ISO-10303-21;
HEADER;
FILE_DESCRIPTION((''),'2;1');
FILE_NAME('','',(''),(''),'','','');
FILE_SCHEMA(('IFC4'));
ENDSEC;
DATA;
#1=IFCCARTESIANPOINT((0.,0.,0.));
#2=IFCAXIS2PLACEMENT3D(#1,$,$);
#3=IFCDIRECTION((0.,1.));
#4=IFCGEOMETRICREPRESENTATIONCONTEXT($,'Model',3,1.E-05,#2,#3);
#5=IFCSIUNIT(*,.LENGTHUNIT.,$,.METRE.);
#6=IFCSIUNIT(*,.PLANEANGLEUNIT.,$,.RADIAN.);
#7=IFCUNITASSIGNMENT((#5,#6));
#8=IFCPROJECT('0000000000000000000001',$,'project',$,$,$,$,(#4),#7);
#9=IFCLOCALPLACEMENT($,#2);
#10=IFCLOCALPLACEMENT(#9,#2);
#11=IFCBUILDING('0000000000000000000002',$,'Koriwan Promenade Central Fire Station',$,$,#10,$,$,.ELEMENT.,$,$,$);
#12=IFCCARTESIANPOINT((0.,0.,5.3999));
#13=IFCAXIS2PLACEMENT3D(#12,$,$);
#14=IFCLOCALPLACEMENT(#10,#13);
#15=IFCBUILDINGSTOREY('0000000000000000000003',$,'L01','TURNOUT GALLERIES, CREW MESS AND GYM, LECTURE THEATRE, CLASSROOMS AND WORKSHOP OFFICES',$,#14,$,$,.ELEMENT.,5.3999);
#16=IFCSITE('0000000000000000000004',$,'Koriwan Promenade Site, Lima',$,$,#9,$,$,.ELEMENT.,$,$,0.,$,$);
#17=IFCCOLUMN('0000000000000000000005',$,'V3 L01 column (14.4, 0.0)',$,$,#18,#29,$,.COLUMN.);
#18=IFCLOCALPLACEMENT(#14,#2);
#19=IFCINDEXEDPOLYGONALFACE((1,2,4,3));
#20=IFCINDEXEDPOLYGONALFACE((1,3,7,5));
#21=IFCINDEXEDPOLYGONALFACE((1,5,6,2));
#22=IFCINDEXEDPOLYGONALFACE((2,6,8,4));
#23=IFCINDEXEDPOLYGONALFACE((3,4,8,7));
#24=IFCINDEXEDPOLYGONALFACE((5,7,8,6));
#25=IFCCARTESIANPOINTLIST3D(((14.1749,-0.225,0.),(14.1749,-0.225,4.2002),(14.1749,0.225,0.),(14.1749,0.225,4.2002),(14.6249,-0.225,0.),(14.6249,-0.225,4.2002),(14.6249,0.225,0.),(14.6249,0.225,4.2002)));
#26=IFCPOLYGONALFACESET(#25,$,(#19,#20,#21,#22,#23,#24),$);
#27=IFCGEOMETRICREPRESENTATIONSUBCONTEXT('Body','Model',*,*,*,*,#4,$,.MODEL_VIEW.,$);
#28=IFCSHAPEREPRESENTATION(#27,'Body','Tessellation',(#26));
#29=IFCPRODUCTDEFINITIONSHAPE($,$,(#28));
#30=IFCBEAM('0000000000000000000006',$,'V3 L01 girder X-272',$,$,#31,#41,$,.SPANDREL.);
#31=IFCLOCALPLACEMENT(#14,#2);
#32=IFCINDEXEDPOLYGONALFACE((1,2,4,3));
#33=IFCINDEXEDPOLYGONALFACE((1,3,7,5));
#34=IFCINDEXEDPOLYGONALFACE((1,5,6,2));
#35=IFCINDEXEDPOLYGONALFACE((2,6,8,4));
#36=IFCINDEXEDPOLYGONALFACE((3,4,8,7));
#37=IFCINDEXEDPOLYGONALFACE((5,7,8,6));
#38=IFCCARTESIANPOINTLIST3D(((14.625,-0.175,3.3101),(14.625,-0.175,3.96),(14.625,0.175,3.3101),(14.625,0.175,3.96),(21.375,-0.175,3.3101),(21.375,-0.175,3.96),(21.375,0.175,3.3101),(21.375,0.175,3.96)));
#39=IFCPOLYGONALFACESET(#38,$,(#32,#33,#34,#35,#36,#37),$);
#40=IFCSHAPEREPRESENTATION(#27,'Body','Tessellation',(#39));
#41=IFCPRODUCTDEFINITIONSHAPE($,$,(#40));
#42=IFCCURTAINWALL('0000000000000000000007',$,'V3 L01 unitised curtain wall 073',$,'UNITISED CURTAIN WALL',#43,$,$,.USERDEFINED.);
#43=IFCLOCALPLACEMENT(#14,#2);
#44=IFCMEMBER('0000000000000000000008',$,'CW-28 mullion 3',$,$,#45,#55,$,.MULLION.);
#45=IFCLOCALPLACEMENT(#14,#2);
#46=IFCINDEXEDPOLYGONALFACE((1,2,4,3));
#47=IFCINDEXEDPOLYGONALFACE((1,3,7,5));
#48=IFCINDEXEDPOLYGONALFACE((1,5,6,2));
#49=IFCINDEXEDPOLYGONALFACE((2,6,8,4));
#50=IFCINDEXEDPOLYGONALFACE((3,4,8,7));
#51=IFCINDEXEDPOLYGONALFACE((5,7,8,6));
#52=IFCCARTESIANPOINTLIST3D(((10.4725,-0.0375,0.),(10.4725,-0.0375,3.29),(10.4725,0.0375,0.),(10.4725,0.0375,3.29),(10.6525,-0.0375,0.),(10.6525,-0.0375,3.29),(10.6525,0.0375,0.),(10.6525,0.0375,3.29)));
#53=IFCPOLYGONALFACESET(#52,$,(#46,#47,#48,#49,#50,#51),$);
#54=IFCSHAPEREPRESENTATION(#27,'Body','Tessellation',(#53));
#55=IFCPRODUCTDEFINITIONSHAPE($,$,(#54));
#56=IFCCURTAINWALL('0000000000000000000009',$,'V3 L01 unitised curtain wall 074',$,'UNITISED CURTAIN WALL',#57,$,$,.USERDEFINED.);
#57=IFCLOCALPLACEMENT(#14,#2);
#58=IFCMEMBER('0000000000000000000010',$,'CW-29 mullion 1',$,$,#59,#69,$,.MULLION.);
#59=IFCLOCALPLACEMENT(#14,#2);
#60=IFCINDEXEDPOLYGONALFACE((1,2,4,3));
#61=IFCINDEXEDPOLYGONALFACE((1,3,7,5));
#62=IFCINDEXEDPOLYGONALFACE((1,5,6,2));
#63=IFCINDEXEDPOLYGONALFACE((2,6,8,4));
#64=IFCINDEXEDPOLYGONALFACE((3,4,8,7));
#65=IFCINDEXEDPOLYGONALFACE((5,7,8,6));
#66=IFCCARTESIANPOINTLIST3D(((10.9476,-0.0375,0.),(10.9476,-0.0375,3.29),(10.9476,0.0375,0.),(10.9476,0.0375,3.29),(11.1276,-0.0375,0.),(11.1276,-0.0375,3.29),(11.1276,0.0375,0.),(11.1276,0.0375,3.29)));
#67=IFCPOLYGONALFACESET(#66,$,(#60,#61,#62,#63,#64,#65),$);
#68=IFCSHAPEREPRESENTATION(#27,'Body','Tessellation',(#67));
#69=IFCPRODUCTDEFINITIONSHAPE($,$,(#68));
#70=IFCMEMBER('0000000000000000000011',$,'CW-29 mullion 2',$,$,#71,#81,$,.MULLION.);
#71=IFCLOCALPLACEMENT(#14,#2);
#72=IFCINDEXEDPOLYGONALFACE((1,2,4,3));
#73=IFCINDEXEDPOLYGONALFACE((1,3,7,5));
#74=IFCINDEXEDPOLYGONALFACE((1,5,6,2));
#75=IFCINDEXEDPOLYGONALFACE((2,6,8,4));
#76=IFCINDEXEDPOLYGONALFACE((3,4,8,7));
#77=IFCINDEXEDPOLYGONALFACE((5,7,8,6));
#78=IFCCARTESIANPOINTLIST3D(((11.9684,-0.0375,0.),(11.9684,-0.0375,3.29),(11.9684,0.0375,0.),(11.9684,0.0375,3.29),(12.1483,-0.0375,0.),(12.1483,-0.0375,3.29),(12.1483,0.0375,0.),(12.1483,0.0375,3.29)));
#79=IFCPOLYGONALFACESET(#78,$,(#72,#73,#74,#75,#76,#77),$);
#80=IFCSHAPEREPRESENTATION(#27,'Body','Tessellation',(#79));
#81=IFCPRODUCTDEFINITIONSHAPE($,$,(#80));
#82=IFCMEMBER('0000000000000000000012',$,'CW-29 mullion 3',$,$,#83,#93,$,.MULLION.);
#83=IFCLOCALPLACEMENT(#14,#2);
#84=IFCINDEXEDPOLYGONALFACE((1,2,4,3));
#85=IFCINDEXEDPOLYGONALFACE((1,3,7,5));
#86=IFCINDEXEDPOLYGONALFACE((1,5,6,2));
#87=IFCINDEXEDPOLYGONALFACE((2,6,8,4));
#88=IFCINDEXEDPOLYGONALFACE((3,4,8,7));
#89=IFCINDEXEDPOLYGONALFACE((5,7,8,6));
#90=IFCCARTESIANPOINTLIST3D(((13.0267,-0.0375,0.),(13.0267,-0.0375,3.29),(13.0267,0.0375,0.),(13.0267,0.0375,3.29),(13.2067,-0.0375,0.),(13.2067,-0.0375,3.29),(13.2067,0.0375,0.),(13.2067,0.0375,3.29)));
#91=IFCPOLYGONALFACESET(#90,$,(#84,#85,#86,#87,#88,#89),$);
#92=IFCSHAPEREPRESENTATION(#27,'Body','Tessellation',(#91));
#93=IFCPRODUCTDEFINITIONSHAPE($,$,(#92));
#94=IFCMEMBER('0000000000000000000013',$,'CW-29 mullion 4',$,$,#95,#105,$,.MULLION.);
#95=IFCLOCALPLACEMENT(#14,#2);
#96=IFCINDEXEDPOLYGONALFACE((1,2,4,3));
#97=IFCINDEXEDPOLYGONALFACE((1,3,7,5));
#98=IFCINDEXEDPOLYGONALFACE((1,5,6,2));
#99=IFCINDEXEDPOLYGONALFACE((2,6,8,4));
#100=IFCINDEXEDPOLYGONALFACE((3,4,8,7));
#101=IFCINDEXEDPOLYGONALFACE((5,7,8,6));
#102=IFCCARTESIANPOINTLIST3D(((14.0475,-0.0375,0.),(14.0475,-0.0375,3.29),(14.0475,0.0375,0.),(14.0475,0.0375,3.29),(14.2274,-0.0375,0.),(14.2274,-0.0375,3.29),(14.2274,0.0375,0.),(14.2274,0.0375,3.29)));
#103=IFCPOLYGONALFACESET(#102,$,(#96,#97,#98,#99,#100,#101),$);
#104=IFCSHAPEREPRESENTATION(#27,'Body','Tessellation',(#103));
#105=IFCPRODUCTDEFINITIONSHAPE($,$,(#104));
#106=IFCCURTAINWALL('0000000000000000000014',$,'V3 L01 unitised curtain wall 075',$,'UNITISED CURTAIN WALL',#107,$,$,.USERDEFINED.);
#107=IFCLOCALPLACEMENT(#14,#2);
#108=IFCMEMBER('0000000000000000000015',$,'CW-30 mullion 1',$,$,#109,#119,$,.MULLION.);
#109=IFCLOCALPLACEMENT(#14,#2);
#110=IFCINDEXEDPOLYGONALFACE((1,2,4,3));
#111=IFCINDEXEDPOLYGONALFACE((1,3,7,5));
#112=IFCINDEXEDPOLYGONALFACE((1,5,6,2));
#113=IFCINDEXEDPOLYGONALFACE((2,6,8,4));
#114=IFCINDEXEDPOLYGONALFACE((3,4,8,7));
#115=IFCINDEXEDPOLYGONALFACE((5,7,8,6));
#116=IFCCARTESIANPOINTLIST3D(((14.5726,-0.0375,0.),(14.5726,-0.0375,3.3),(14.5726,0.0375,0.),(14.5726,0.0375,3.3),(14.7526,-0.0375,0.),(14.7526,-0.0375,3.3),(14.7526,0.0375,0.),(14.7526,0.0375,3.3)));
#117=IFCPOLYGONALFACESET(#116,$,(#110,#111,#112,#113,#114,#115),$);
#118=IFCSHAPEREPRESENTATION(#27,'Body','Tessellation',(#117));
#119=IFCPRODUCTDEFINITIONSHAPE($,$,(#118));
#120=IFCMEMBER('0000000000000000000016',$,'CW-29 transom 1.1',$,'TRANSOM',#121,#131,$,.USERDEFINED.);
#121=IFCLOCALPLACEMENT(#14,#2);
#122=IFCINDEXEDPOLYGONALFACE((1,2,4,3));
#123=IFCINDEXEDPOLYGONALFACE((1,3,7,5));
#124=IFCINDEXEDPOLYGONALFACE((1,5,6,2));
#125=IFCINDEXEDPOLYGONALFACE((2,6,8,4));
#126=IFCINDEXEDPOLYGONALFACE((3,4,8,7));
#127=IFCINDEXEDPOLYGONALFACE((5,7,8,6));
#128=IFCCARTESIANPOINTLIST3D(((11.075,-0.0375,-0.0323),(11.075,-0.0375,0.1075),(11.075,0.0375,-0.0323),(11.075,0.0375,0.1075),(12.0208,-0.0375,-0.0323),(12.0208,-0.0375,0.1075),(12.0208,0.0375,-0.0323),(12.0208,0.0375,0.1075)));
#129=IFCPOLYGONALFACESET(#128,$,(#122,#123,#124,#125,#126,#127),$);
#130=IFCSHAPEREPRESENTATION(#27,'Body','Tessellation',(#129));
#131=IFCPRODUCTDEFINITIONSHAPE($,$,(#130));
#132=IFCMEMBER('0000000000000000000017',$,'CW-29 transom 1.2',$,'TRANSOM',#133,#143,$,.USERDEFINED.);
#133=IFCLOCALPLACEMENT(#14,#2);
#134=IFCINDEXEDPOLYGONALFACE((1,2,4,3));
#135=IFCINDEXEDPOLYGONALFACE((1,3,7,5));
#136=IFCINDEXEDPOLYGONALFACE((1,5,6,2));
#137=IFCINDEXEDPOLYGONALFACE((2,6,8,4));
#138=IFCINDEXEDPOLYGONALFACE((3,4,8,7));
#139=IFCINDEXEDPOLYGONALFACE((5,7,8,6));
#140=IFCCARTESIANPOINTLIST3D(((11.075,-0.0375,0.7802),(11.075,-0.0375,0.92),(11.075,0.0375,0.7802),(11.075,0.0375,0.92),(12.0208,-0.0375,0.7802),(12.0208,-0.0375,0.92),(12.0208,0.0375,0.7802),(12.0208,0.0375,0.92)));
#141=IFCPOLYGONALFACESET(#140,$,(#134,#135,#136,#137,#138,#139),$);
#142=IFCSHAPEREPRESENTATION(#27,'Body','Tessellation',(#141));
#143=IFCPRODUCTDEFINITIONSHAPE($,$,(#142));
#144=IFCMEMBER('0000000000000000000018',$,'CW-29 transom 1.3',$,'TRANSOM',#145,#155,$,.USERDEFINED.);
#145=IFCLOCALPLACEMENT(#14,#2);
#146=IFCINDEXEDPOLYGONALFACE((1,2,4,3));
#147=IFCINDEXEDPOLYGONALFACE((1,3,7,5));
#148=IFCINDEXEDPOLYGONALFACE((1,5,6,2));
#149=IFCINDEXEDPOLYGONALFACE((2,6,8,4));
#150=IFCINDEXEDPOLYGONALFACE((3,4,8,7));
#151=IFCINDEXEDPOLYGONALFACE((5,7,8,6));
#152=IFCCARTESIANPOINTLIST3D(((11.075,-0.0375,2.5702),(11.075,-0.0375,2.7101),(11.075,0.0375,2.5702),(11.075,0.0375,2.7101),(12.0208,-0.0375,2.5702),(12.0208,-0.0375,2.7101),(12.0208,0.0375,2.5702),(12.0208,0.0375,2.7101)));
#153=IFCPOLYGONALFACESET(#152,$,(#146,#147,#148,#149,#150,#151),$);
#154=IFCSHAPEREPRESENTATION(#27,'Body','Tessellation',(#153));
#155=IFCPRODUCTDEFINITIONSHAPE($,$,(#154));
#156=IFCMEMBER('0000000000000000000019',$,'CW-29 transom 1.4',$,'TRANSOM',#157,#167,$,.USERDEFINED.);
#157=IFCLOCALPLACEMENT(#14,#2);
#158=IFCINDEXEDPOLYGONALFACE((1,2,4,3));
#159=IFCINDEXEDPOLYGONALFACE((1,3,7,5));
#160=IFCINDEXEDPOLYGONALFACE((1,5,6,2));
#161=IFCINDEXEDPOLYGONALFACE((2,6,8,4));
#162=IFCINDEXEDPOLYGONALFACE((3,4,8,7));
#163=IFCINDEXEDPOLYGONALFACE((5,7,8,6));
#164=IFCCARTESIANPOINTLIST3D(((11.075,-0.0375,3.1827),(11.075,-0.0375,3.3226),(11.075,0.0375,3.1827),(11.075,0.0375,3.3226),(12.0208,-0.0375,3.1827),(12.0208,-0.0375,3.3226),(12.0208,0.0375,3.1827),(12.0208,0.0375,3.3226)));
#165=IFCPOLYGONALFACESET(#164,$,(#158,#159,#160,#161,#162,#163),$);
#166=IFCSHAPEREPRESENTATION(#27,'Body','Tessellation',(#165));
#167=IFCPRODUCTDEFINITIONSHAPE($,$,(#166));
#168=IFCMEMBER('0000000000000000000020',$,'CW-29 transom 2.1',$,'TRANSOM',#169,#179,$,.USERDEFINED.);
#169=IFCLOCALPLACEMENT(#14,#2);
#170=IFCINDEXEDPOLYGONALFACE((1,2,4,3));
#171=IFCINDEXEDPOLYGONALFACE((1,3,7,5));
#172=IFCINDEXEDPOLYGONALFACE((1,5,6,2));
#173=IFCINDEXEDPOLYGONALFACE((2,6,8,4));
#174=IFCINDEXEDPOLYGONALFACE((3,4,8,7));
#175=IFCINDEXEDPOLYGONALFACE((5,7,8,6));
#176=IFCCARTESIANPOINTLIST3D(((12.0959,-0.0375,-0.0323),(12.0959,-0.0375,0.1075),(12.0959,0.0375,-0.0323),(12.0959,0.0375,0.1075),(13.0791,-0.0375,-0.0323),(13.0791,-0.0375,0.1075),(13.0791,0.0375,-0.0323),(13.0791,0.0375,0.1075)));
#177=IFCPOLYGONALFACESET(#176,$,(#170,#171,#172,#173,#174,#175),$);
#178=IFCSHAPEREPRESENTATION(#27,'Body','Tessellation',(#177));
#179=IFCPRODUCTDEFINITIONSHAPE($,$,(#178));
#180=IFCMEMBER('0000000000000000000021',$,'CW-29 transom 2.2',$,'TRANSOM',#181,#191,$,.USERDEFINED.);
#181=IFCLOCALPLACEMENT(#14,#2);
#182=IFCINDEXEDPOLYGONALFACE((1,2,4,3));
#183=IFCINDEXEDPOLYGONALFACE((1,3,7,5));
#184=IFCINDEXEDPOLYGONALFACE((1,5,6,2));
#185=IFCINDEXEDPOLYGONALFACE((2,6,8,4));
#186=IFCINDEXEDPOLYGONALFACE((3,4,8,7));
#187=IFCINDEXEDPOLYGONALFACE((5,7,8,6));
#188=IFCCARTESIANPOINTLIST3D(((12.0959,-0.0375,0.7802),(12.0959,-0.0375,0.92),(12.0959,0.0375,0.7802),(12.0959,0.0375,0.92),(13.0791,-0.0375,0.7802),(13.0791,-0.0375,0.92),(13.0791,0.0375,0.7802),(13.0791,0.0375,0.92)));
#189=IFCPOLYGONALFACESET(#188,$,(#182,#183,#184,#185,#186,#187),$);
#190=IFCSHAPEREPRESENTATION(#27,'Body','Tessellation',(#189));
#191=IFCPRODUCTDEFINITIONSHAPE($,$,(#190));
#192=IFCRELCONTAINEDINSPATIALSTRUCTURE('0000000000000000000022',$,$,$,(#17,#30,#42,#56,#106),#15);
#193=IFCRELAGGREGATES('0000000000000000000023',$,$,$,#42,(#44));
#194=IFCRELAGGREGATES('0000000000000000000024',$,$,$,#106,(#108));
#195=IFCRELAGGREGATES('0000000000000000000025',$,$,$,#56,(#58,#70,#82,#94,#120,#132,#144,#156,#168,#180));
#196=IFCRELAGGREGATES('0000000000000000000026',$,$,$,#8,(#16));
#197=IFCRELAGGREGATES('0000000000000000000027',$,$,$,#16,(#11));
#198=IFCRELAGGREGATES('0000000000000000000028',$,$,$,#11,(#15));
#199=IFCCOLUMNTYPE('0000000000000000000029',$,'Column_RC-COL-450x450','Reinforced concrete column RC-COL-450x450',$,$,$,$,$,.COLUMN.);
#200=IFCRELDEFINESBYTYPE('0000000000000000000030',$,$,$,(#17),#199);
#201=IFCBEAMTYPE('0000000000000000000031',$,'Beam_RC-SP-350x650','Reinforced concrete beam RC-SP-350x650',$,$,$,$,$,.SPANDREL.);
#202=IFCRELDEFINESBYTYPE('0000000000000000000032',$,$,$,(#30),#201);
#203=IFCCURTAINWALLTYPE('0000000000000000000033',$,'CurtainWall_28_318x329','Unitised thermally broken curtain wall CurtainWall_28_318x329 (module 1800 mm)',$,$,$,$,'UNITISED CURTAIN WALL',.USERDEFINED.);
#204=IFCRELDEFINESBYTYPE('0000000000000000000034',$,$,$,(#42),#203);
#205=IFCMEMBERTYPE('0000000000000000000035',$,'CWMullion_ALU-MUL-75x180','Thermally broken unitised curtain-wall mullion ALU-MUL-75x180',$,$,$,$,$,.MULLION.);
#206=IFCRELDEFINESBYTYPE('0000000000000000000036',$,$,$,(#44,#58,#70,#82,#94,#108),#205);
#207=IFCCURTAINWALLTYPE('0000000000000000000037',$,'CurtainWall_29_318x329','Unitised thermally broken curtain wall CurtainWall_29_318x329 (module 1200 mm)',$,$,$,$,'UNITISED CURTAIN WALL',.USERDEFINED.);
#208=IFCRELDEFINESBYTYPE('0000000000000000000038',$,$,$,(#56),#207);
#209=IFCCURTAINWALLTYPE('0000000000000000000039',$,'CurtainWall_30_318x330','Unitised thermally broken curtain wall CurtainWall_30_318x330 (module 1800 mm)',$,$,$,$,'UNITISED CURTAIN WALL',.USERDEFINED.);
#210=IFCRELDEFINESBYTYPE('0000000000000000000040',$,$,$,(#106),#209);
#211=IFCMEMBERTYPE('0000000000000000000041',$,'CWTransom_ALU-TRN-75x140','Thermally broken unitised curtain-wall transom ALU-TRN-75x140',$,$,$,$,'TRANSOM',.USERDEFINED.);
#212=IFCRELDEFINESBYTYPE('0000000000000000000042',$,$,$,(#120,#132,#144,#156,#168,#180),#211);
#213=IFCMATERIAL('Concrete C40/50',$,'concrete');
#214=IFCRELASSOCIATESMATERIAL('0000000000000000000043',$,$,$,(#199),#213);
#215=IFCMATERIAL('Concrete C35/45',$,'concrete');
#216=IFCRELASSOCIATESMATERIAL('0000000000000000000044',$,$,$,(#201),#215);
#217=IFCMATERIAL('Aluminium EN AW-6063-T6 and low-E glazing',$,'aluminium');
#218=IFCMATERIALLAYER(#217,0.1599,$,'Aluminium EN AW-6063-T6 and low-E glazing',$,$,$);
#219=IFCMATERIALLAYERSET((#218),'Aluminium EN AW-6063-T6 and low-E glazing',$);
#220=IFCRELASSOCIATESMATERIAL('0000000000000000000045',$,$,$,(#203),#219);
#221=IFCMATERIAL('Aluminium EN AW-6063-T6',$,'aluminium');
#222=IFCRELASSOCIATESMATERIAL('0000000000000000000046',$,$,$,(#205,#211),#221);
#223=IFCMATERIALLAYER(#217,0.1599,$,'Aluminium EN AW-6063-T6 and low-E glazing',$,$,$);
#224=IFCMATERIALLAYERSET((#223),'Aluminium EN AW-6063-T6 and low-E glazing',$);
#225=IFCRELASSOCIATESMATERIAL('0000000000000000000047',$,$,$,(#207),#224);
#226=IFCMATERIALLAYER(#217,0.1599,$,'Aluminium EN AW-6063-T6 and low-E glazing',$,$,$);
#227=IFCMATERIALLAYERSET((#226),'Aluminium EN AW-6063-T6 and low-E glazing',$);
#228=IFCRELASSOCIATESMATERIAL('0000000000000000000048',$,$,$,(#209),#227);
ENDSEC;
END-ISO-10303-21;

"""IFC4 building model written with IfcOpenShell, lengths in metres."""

from ifc_helpers import new_model, si_unit, direction, frame, origin, origin_2d, place, context, subcontext, project, spatial, rectangle, extrude, material, layer, layer_set, material_profile, profile_set, type_object, element, aggregate, save


model = new_model("IFC4")

# Units and contexts
model_context = context("Model", 3, precision=1e-05, world=origin(), true_north=direction((0.0, 1.0)))
body_context = subcontext(model_context, "Body", "Model", "MODEL_VIEW")
ifc_project = project(units=[si_unit("LENGTHUNIT", "METRE"), si_unit("PLANEANGLEUNIT", "RADIAN")], contexts=[model_context])

# Site, building, storey
site_placement = place(None, origin())
site = spatial("IfcSite", under=ifc_project, at=site_placement, Name="Koriwan Promenade Site, Lima", CompositionType="ELEMENT", RefElevation=0.0)
building_placement = place(site_placement, origin())
building = spatial("IfcBuilding", under=site, at=building_placement, Name="Koriwan Promenade Central Fire Station", CompositionType="ELEMENT")
storey_placement = place(building_placement, frame((0.0, 0.0, 5.3999)))
storey = spatial("IfcBuildingStorey", under=building, at=storey_placement, Name="L01", Description="TURNOUT GALLERIES, CREW MESS AND GYM, LECTURE THEATRE, CLASSROOMS AND WORKSHOP OFFICES", CompositionType="ELEMENT", Elevation=5.3999)

# Column
ifc_material_1 = material(Name="Concrete C40/50", Category="concrete")
ifc_material_profile_1 = material_profile(ifc_material_1, rectangle(XDim=0.45, YDim=0.45, at=origin_2d()), Name="RC-COL-450x450")
ifc_profile_set_1 = profile_set([ifc_material_profile_1], Name="Concrete C40/50")
column_type = type_object("IfcColumnType", Name="Column_RC-COL-450x450", Description="Reinforced concrete column RC-COL-450x450", PredefinedType="COLUMN", material=ifc_profile_set_1)
column_placement = place(storey_placement, frame((14.3999, 0.0, 0.0), z_axis=(0.0, 0.0, 1.0), x_axis=(1.0, 0.0, 0.0)))
element("IfcColumn", 1, at=column_placement, inside=storey, type_object=column_type, Name="V3 L01 column (14.4, 0.0)", PredefinedType="COLUMN", context=body_context, shape_type="SweptSolid", body=[
    extrude(rectangle(XDim=0.45, YDim=0.45, at=origin_2d()), origin(), (0.0, 0.0, 1.0), 4.2002),
])

# Beam
ifc_material_2 = material(Name="Concrete C35/45", Category="concrete")
ifc_material_profile_2 = material_profile(ifc_material_2, rectangle(XDim=0.3501, YDim=0.6499, at=origin_2d()), Name="RC-SP-350x650")
ifc_profile_set_2 = profile_set([ifc_material_profile_2], Name="Concrete C35/45")
beam_type_1 = type_object("IfcBeamType", Name="Beam_RC-SP-350x650", Description="Reinforced concrete beam RC-SP-350x650", PredefinedType="SPANDREL", material=ifc_profile_set_2)
beam_1_placement = place(storey_placement, frame((14.625, 0.0, 3.635), z_axis=(1.0, 0.0, 0.0), x_axis=(0.0, 1.0, 0.0)))
element("IfcBeam", 2, at=beam_1_placement, inside=storey, type_object=beam_type_1, Name="V3 L01 girder X-272", PredefinedType="SPANDREL", context=body_context, shape_type="SweptSolid", body=[
    extrude(rectangle(XDim=0.3501, YDim=0.6499, at=origin_2d()), origin(), (0.0, 0.0, 1.0), 6.75),
])

# Curtain wall, member
ifc_material_3 = material(Name="Aluminium EN AW-6063-T6 and low-E glazing", Category="aluminium")
ifc_layer_1 = layer(ifc_material_3, 0.1599, Name="Aluminium EN AW-6063-T6 and low-E glazing")
ifc_layer_set_1 = layer_set([ifc_layer_1], Name="Aluminium EN AW-6063-T6 and low-E glazing")
curtain_wall_type_1 = type_object("IfcCurtainWallType", Name="CurtainWall_28_318x329", Description="Unitised thermally broken curtain wall CurtainWall_28_318x329 (module 1800 mm)", ElementType="UNITISED CURTAIN WALL", PredefinedType="USERDEFINED", material=ifc_layer_set_1)
curtain_wall_1_placement = place(storey_placement, origin())
curtain_wall_1 = element("IfcCurtainWall", 3, at=curtain_wall_1_placement, inside=storey, type_object=curtain_wall_type_1, Name="V3 L01 unitised curtain wall 073", ObjectType="UNITISED CURTAIN WALL", PredefinedType="USERDEFINED")
ifc_material_4 = material(Name="Aluminium EN AW-6063-T6", Category="aluminium")
ifc_material_profile_3 = material_profile(ifc_material_4, rectangle(XDim=0.075, YDim=0.1799, at=origin_2d()), Name="ALU-MUL-75x180")
ifc_profile_set_3 = profile_set([ifc_material_profile_3], Name="Aluminium EN AW-6063-T6")
member_type_1 = type_object("IfcMemberType", Name="CWMullion_ALU-MUL-75x180", Description="Thermally broken unitised curtain-wall mullion ALU-MUL-75x180", PredefinedType="MULLION", material=ifc_profile_set_3)
member_1_placement = place(storey_placement, frame((10.5625, 0.0, 0.0), z_axis=(0.0, 0.0, 1.0), x_axis=(0.0, 1.0, 0.0)))
member_1 = element("IfcMember", 4, at=member_1_placement, type_object=member_type_1, Name="CW-28 mullion 3", PredefinedType="MULLION", context=body_context, shape_type="SweptSolid", body=[
    extrude(rectangle(XDim=0.075, YDim=0.1799, at=origin_2d()), origin(), (0.0, 0.0, 1.0), 3.29),
])
aggregate(curtain_wall_1, [member_1])

# Curtain wall, members
ifc_layer_2 = layer(ifc_material_3, 0.1599, Name="Aluminium EN AW-6063-T6 and low-E glazing")
ifc_layer_set_2 = layer_set([ifc_layer_2], Name="Aluminium EN AW-6063-T6 and low-E glazing")
curtain_wall_type_2 = type_object("IfcCurtainWallType", Name="CurtainWall_29_318x329", Description="Unitised thermally broken curtain wall CurtainWall_29_318x329 (module 1200 mm)", ElementType="UNITISED CURTAIN WALL", PredefinedType="USERDEFINED", material=ifc_layer_set_2)
curtain_wall_2_placement = place(storey_placement, origin())
curtain_wall_2 = element("IfcCurtainWall", 5, at=curtain_wall_2_placement, inside=storey, type_object=curtain_wall_type_2, Name="V3 L01 unitised curtain wall 074", ObjectType="UNITISED CURTAIN WALL", PredefinedType="USERDEFINED")
member_2_placement = place(storey_placement, frame((11.0376, 0.0, 0.0), z_axis=(0.0, 0.0, 1.0), x_axis=(0.0, 1.0, 0.0)))
member_2 = element("IfcMember", 6, at=member_2_placement, type_object=member_type_1, Name="CW-29 mullion 1", PredefinedType="MULLION", context=body_context, shape_type="SweptSolid", body=[
    extrude(rectangle(XDim=0.075, YDim=0.1799, at=origin_2d()), origin(), (0.0, 0.0, 1.0), 3.29),
])
member_3_placement = place(storey_placement, frame((12.0583, 0.0, 0.0), z_axis=(0.0, 0.0, 1.0), x_axis=(0.0, 1.0, 0.0)))
member_3 = element("IfcMember", 7, at=member_3_placement, type_object=member_type_1, Name="CW-29 mullion 2", PredefinedType="MULLION", context=body_context, shape_type="SweptSolid", body=[
    extrude(rectangle(XDim=0.075, YDim=0.1799, at=origin_2d()), origin(), (0.0, 0.0, 1.0), 3.29),
])
member_4_placement = place(storey_placement, frame((13.1167, 0.0, 0.0), z_axis=(0.0, 0.0, 1.0), x_axis=(0.0, 1.0, 0.0)))
member_4 = element("IfcMember", 8, at=member_4_placement, type_object=member_type_1, Name="CW-29 mullion 3", PredefinedType="MULLION", context=body_context, shape_type="SweptSolid", body=[
    extrude(rectangle(XDim=0.075, YDim=0.1799, at=origin_2d()), origin(), (0.0, 0.0, 1.0), 3.29),
])
member_5_placement = place(storey_placement, frame((14.1375, 0.0, 0.0), z_axis=(0.0, 0.0, 1.0), x_axis=(0.0, 1.0, 0.0)))
member_5 = element("IfcMember", 9, at=member_5_placement, type_object=member_type_1, Name="CW-29 mullion 4", PredefinedType="MULLION", context=body_context, shape_type="SweptSolid", body=[
    extrude(rectangle(XDim=0.075, YDim=0.1799, at=origin_2d()), origin(), (0.0, 0.0, 1.0), 3.29),
])

# Curtain wall, member
ifc_layer_3 = layer(ifc_material_3, 0.1599, Name="Aluminium EN AW-6063-T6 and low-E glazing")
ifc_layer_set_3 = layer_set([ifc_layer_3], Name="Aluminium EN AW-6063-T6 and low-E glazing")
curtain_wall_type_3 = type_object("IfcCurtainWallType", Name="CurtainWall_30_318x330", Description="Unitised thermally broken curtain wall CurtainWall_30_318x330 (module 1800 mm)", ElementType="UNITISED CURTAIN WALL", PredefinedType="USERDEFINED", material=ifc_layer_set_3)
curtain_wall_3_placement = place(storey_placement, origin())
curtain_wall_3 = element("IfcCurtainWall", 10, at=curtain_wall_3_placement, inside=storey, type_object=curtain_wall_type_3, Name="V3 L01 unitised curtain wall 075", ObjectType="UNITISED CURTAIN WALL", PredefinedType="USERDEFINED")
member_6_placement = place(storey_placement, frame((14.6626, 0.0, 0.0), z_axis=(0.0, 0.0, 1.0), x_axis=(0.0, 1.0, 0.0)))
member_6 = element("IfcMember", 11, at=member_6_placement, type_object=member_type_1, Name="CW-30 mullion 1", PredefinedType="MULLION", context=body_context, shape_type="SweptSolid", body=[
    extrude(rectangle(XDim=0.075, YDim=0.1799, at=origin_2d()), origin(), (0.0, 0.0, 1.0), 3.3),
])

# Members
ifc_material_profile_4 = material_profile(ifc_material_4, rectangle(XDim=0.075, YDim=0.1399, at=origin_2d()), Name="ALU-TRN-75x140")
ifc_profile_set_4 = profile_set([ifc_material_profile_4], Name="Aluminium EN AW-6063-T6")
member_type_2 = type_object("IfcMemberType", Name="CWTransom_ALU-TRN-75x140", Description="Thermally broken unitised curtain-wall transom ALU-TRN-75x140", ElementType="TRANSOM", PredefinedType="USERDEFINED", material=ifc_profile_set_4)
member_7_placement = place(storey_placement, frame((11.075, 0.0, 0.0376), z_axis=(1.0, 0.0, 0.0), x_axis=(0.0, 1.0, 0.0)))
member_7 = element("IfcMember", 12, at=member_7_placement, type_object=member_type_2, Name="CW-29 transom 1.1", ObjectType="TRANSOM", PredefinedType="USERDEFINED", context=body_context, shape_type="SweptSolid", body=[
    extrude(rectangle(XDim=0.075, YDim=0.1399, at=origin_2d()), origin(), (0.0, 0.0, 1.0), 0.9458),
])
member_8_placement = place(storey_placement, frame((11.075, 0.0, 0.8501), z_axis=(1.0, 0.0, 0.0), x_axis=(0.0, 1.0, 0.0)))
member_8 = element("IfcMember", 13, at=member_8_placement, type_object=member_type_2, Name="CW-29 transom 1.2", ObjectType="TRANSOM", PredefinedType="USERDEFINED", context=body_context, shape_type="SweptSolid", body=[
    extrude(rectangle(XDim=0.075, YDim=0.1399, at=origin_2d()), origin(), (0.0, 0.0, 1.0), 0.9458),
])
member_9_placement = place(storey_placement, frame((11.075, 0.0, 2.6401), z_axis=(1.0, 0.0, 0.0), x_axis=(0.0, 1.0, 0.0)))
member_9 = element("IfcMember", 14, at=member_9_placement, type_object=member_type_2, Name="CW-29 transom 1.3", ObjectType="TRANSOM", PredefinedType="USERDEFINED", context=body_context, shape_type="SweptSolid", body=[
    extrude(rectangle(XDim=0.075, YDim=0.1399, at=origin_2d()), origin(), (0.0, 0.0, 1.0), 0.9458),
])
member_10_placement = place(storey_placement, frame((11.075, 0.0, 3.2527), z_axis=(1.0, 0.0, 0.0), x_axis=(0.0, 1.0, 0.0)))
member_10 = element("IfcMember", 15, at=member_10_placement, type_object=member_type_2, Name="CW-29 transom 1.4", ObjectType="TRANSOM", PredefinedType="USERDEFINED", context=body_context, shape_type="SweptSolid", body=[
    extrude(rectangle(XDim=0.075, YDim=0.1399, at=origin_2d()), origin(), (0.0, 0.0, 1.0), 0.9458),
])
member_11_placement = place(storey_placement, frame((12.0959, 0.0, 0.0376), z_axis=(1.0, 0.0, 0.0), x_axis=(0.0, 1.0, 0.0)))
member_11 = element("IfcMember", 16, at=member_11_placement, type_object=member_type_2, Name="CW-29 transom 2.1", ObjectType="TRANSOM", PredefinedType="USERDEFINED", context=body_context, shape_type="SweptSolid", body=[
    extrude(rectangle(XDim=0.075, YDim=0.1399, at=origin_2d()), origin(), (0.0, 0.0, 1.0), 0.9832),
])
member_12_placement = place(storey_placement, frame((12.0959, 0.0, 0.8501), z_axis=(1.0, 0.0, 0.0), x_axis=(0.0, 1.0, 0.0)))
member_12 = element("IfcMember", 17, at=member_12_placement, type_object=member_type_2, Name="CW-29 transom 2.2", ObjectType="TRANSOM", PredefinedType="USERDEFINED", context=body_context, shape_type="SweptSolid", body=[
    extrude(rectangle(XDim=0.075, YDim=0.1399, at=origin_2d()), origin(), (0.0, 0.0, 1.0), 0.9832),
])
aggregate(curtain_wall_3, [member_6])

aggregate(curtain_wall_2, [member_2, member_3, member_4, member_5, member_7, member_8, member_9, member_10, member_11, member_12])

save(model, "model.ifc")
